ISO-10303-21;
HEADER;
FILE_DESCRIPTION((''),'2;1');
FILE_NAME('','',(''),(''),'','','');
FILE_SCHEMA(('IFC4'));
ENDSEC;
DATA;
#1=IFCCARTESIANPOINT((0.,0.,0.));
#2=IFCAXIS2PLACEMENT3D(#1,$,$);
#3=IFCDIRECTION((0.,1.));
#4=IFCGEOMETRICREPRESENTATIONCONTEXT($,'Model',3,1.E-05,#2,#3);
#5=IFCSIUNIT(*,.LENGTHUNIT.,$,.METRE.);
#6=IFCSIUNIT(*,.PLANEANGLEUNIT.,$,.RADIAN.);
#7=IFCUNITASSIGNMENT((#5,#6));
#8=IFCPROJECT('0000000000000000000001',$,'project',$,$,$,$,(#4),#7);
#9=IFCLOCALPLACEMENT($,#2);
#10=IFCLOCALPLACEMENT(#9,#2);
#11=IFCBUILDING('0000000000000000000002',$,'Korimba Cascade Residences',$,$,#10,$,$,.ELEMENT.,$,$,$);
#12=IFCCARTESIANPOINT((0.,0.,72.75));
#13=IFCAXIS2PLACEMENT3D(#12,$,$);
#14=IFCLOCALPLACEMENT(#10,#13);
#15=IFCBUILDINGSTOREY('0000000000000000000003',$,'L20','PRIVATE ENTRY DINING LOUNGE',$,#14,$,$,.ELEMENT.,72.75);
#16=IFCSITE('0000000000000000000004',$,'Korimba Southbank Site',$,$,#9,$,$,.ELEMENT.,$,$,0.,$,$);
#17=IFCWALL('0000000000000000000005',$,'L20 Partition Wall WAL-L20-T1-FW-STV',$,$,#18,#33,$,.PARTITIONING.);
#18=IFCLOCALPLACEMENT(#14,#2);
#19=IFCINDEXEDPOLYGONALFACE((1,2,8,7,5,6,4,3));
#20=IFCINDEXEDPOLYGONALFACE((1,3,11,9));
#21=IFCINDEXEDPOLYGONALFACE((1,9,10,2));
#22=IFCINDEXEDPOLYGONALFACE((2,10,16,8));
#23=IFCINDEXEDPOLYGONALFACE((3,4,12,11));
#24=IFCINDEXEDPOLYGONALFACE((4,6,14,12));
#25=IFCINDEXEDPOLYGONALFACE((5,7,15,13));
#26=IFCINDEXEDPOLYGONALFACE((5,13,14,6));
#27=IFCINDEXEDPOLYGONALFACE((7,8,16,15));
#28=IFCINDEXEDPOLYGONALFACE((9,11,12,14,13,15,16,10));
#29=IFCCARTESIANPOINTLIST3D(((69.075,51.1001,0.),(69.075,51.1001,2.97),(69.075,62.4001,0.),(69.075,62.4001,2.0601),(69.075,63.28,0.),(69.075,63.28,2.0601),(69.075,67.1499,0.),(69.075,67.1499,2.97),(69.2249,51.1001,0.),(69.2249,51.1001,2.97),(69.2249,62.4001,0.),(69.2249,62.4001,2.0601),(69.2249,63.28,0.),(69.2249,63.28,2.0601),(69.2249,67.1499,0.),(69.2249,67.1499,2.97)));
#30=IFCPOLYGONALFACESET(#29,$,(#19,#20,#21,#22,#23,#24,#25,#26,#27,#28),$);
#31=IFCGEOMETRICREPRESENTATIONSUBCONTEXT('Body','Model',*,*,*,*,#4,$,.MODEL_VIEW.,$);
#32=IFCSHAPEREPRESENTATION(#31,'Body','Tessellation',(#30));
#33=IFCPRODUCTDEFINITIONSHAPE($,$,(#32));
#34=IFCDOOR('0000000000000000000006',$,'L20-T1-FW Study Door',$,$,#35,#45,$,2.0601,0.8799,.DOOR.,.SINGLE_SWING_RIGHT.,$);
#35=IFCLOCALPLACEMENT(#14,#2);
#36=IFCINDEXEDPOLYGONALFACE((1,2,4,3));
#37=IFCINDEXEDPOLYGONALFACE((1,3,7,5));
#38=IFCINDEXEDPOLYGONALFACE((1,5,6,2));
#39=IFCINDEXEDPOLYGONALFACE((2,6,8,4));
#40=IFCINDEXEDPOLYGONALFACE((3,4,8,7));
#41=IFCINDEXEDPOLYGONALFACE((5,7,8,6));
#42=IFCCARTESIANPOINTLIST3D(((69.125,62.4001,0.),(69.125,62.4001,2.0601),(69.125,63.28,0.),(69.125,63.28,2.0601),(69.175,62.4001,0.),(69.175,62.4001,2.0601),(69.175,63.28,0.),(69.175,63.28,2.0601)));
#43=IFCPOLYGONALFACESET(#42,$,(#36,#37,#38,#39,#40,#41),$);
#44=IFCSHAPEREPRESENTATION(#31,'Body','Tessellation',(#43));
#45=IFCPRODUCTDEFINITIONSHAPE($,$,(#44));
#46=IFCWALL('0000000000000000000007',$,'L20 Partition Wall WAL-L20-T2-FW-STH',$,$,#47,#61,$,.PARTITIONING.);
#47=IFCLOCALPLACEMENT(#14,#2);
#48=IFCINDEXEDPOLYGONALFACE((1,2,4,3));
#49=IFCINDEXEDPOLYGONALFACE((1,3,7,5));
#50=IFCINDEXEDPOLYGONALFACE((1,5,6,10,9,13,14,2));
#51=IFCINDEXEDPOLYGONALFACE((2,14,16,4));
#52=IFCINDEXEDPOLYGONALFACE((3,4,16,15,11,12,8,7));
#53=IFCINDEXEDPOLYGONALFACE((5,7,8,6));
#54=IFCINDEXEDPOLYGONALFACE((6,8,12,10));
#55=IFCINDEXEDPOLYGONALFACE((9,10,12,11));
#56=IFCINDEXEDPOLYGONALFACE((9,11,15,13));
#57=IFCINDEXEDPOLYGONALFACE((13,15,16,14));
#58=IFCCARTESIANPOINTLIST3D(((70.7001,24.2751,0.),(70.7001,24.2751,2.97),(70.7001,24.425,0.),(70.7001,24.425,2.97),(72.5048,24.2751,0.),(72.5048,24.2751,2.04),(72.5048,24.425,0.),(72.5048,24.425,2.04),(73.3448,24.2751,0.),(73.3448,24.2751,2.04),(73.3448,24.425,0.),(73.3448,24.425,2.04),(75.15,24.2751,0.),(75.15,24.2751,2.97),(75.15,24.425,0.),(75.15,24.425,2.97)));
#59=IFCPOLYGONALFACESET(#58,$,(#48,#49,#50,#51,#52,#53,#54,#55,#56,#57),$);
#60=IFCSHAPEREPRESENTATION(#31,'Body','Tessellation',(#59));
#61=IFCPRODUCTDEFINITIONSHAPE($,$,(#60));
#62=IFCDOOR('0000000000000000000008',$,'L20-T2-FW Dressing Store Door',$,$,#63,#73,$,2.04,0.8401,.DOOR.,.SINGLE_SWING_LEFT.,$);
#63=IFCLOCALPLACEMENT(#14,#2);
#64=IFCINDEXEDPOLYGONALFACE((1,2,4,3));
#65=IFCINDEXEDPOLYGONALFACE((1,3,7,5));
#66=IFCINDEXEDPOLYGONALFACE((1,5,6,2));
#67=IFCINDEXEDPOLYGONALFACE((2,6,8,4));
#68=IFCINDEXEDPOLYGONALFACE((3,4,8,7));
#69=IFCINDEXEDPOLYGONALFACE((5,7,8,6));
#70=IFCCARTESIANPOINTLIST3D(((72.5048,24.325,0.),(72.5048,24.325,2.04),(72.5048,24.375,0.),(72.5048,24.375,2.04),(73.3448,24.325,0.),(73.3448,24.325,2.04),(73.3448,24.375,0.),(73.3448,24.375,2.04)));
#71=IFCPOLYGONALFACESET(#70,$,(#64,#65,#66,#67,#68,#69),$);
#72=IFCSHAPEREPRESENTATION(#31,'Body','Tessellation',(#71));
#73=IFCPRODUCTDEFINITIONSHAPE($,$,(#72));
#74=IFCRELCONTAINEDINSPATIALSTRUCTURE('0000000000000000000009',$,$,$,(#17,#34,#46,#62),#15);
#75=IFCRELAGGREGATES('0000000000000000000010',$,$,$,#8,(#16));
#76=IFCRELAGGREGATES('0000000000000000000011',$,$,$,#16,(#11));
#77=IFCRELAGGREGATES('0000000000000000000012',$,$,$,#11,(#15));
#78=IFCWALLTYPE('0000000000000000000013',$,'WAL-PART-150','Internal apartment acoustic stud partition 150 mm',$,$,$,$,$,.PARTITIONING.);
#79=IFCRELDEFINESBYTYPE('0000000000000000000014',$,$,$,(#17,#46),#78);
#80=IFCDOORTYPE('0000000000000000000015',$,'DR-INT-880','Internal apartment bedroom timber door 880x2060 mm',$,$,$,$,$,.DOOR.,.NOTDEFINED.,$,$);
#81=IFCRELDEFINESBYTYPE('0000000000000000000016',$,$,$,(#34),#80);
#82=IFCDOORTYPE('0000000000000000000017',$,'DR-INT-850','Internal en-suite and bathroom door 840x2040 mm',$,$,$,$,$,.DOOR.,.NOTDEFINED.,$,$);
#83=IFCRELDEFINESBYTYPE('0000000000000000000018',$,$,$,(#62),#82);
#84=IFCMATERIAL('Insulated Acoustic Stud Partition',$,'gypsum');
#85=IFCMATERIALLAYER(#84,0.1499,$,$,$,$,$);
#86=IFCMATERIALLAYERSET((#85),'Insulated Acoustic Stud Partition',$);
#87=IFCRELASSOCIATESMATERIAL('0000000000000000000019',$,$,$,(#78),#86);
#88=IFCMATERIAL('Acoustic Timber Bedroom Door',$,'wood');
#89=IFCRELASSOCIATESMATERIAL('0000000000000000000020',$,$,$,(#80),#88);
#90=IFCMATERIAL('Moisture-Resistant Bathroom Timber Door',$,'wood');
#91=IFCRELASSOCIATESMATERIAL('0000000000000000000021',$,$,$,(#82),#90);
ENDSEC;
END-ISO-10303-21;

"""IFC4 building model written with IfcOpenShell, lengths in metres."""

from ifc_helpers import new_model, si_unit, direction, frame, frame_2d, origin, place, context, subcontext, project, spatial, rectangle, extrude, material, layer, layer_set, type_object, element, fill, save


model = new_model("IFC4")

# Units and contexts
model_context = context("Model", 3, precision=1e-05, world=origin(), true_north=direction((0.0, 1.0)))
body_context = subcontext(model_context, "Body", "Model", "MODEL_VIEW")
ifc_project = project(units=[si_unit("LENGTHUNIT", "METRE"), si_unit("PLANEANGLEUNIT", "RADIAN")], contexts=[model_context])

# Site, building, storey
site_placement = place(None, origin())
site = spatial("IfcSite", under=ifc_project, at=site_placement, Name="Korimba Southbank Site", CompositionType="ELEMENT", RefElevation=0.0)
building_placement = place(site_placement, origin())
building = spatial("IfcBuilding", under=site, at=building_placement, Name="Korimba Cascade Residences", CompositionType="ELEMENT")
storey_placement = place(building_placement, frame((0.0, 0.0, 72.75)))
storey = spatial("IfcBuildingStorey", under=building, at=storey_placement, Name="L20", Description="PRIVATE ENTRY DINING LOUNGE", CompositionType="ELEMENT", Elevation=72.75)

# Walls, openings, doors
ifc_material_1 = material(Name="Insulated Acoustic Stud Partition", Category="gypsum")
ifc_layer_1 = layer(ifc_material_1, 0.1499)
ifc_layer_set_1 = layer_set([ifc_layer_1], Name="Insulated Acoustic Stud Partition")
wall_type_1 = type_object("IfcWallType", Name="WAL-PART-150", Description="Internal apartment acoustic stud partition 150 mm", PredefinedType="PARTITIONING", material=ifc_layer_set_1)
wall_1_placement = place(storey_placement, frame((69.1499, 51.1001, 0.0), z_axis=(0.0, 0.0, 1.0), x_axis=(0.0, 1.0, 0.0)))
wall_1 = element("IfcWall", 1, at=wall_1_placement, inside=storey, type_object=wall_type_1, Name="L20 Partition Wall WAL-L20-T1-FW-STV", PredefinedType="PARTITIONING", context=body_context, shape_type="SweptSolid", body=[
    extrude(rectangle(XDim=16.0498, YDim=0.1499, at=frame_2d((8.0249, 0.0))), origin(), (0.0, 0.0, 1.0), 2.97),
])
opening_1_placement = place(wall_1_placement, frame((11.3, 0.0, 0.0)))
opening_1 = element("IfcOpeningElement", 2, at=opening_1_placement, cuts=wall_1, PredefinedType="OPENING", context=body_context, shape_type="SweptSolid", body=[
    extrude(rectangle(XDim=0.8799, YDim=2.0601, at=frame_2d((0.4399, 1.03))), frame((0.0, 0.085, 0.0), z_axis=(0.0, -1.0, 0.0), x_axis=(1.0, 0.0, 0.0)), (0.0, 0.0, 1.0), 0.1699),
])
ifc_material_2 = material(Name="Acoustic Timber Bedroom Door", Category="wood")
door_type_1 = type_object("IfcDoorType", Name="DR-INT-880", Description="Internal apartment bedroom timber door 880x2060 mm", OperationType="NOTDEFINED", PredefinedType="DOOR", material=ifc_material_2)
door_1_placement = place(opening_1_placement, origin())
door_1 = element("IfcDoor", 3, at=door_1_placement, inside=storey, type_object=door_type_1, Name="L20-T1-FW Study Door", OperationType="SINGLE_SWING_RIGHT", OverallHeight=2.0601, OverallWidth=0.8799, PredefinedType="DOOR", context=body_context, shape_type="SweptSolid", body=[
    extrude(rectangle(XDim=0.8799, YDim=2.0601, at=frame_2d((0.4399, 1.03))), frame((0.0, 0.0249, 0.0), z_axis=(0.0, -1.0, 0.0), x_axis=(1.0, 0.0, 0.0)), (0.0, 0.0, 1.0), 0.05),
])
fill(opening_1, door_1)
wall_2_placement = place(storey_placement, frame((70.7, 24.3501, 0.0), z_axis=(0.0, 0.0, 1.0), x_axis=(1.0, 0.0, 0.0)))
wall_2 = element("IfcWall", 4, at=wall_2_placement, inside=storey, type_object=wall_type_1, Name="L20 Partition Wall WAL-L20-T2-FW-STH", PredefinedType="PARTITIONING", context=body_context, shape_type="SweptSolid", body=[
    extrude(rectangle(XDim=4.45, YDim=0.1499, at=frame_2d((2.2251, 0.0))), origin(), (0.0, 0.0, 1.0), 2.97),
])
opening_2_placement = place(wall_2_placement, frame((1.8049, 0.0, 0.0)))
opening_2 = element("IfcOpeningElement", 5, at=opening_2_placement, cuts=wall_2, PredefinedType="OPENING", context=body_context, shape_type="SweptSolid", body=[
    extrude(rectangle(XDim=0.8401, YDim=2.04, at=frame_2d((0.4199, 1.02))), frame((0.0, 0.085, 0.0), z_axis=(0.0, -1.0, 0.0), x_axis=(1.0, 0.0, 0.0)), (0.0, 0.0, 1.0), 0.1699),
])
ifc_material_3 = material(Name="Moisture-Resistant Bathroom Timber Door", Category="wood")
door_type_2 = type_object("IfcDoorType", Name="DR-INT-850", Description="Internal en-suite and bathroom door 840x2040 mm", OperationType="NOTDEFINED", PredefinedType="DOOR", material=ifc_material_3)
door_2_placement = place(opening_2_placement, origin())
door_2 = element("IfcDoor", 6, at=door_2_placement, inside=storey, type_object=door_type_2, Name="L20-T2-FW Dressing Store Door", OperationType="SINGLE_SWING_LEFT", OverallHeight=2.04, OverallWidth=0.8401, PredefinedType="DOOR", context=body_context, shape_type="SweptSolid", body=[
    extrude(rectangle(XDim=0.8401, YDim=2.04, at=frame_2d((0.4199, 1.02))), frame((0.0, 0.0249, 0.0), z_axis=(0.0, -1.0, 0.0), x_axis=(1.0, 0.0, 0.0)), (0.0, 0.0, 1.0), 0.05),
])
fill(opening_2, door_2)

save(model, "model.ifc")
